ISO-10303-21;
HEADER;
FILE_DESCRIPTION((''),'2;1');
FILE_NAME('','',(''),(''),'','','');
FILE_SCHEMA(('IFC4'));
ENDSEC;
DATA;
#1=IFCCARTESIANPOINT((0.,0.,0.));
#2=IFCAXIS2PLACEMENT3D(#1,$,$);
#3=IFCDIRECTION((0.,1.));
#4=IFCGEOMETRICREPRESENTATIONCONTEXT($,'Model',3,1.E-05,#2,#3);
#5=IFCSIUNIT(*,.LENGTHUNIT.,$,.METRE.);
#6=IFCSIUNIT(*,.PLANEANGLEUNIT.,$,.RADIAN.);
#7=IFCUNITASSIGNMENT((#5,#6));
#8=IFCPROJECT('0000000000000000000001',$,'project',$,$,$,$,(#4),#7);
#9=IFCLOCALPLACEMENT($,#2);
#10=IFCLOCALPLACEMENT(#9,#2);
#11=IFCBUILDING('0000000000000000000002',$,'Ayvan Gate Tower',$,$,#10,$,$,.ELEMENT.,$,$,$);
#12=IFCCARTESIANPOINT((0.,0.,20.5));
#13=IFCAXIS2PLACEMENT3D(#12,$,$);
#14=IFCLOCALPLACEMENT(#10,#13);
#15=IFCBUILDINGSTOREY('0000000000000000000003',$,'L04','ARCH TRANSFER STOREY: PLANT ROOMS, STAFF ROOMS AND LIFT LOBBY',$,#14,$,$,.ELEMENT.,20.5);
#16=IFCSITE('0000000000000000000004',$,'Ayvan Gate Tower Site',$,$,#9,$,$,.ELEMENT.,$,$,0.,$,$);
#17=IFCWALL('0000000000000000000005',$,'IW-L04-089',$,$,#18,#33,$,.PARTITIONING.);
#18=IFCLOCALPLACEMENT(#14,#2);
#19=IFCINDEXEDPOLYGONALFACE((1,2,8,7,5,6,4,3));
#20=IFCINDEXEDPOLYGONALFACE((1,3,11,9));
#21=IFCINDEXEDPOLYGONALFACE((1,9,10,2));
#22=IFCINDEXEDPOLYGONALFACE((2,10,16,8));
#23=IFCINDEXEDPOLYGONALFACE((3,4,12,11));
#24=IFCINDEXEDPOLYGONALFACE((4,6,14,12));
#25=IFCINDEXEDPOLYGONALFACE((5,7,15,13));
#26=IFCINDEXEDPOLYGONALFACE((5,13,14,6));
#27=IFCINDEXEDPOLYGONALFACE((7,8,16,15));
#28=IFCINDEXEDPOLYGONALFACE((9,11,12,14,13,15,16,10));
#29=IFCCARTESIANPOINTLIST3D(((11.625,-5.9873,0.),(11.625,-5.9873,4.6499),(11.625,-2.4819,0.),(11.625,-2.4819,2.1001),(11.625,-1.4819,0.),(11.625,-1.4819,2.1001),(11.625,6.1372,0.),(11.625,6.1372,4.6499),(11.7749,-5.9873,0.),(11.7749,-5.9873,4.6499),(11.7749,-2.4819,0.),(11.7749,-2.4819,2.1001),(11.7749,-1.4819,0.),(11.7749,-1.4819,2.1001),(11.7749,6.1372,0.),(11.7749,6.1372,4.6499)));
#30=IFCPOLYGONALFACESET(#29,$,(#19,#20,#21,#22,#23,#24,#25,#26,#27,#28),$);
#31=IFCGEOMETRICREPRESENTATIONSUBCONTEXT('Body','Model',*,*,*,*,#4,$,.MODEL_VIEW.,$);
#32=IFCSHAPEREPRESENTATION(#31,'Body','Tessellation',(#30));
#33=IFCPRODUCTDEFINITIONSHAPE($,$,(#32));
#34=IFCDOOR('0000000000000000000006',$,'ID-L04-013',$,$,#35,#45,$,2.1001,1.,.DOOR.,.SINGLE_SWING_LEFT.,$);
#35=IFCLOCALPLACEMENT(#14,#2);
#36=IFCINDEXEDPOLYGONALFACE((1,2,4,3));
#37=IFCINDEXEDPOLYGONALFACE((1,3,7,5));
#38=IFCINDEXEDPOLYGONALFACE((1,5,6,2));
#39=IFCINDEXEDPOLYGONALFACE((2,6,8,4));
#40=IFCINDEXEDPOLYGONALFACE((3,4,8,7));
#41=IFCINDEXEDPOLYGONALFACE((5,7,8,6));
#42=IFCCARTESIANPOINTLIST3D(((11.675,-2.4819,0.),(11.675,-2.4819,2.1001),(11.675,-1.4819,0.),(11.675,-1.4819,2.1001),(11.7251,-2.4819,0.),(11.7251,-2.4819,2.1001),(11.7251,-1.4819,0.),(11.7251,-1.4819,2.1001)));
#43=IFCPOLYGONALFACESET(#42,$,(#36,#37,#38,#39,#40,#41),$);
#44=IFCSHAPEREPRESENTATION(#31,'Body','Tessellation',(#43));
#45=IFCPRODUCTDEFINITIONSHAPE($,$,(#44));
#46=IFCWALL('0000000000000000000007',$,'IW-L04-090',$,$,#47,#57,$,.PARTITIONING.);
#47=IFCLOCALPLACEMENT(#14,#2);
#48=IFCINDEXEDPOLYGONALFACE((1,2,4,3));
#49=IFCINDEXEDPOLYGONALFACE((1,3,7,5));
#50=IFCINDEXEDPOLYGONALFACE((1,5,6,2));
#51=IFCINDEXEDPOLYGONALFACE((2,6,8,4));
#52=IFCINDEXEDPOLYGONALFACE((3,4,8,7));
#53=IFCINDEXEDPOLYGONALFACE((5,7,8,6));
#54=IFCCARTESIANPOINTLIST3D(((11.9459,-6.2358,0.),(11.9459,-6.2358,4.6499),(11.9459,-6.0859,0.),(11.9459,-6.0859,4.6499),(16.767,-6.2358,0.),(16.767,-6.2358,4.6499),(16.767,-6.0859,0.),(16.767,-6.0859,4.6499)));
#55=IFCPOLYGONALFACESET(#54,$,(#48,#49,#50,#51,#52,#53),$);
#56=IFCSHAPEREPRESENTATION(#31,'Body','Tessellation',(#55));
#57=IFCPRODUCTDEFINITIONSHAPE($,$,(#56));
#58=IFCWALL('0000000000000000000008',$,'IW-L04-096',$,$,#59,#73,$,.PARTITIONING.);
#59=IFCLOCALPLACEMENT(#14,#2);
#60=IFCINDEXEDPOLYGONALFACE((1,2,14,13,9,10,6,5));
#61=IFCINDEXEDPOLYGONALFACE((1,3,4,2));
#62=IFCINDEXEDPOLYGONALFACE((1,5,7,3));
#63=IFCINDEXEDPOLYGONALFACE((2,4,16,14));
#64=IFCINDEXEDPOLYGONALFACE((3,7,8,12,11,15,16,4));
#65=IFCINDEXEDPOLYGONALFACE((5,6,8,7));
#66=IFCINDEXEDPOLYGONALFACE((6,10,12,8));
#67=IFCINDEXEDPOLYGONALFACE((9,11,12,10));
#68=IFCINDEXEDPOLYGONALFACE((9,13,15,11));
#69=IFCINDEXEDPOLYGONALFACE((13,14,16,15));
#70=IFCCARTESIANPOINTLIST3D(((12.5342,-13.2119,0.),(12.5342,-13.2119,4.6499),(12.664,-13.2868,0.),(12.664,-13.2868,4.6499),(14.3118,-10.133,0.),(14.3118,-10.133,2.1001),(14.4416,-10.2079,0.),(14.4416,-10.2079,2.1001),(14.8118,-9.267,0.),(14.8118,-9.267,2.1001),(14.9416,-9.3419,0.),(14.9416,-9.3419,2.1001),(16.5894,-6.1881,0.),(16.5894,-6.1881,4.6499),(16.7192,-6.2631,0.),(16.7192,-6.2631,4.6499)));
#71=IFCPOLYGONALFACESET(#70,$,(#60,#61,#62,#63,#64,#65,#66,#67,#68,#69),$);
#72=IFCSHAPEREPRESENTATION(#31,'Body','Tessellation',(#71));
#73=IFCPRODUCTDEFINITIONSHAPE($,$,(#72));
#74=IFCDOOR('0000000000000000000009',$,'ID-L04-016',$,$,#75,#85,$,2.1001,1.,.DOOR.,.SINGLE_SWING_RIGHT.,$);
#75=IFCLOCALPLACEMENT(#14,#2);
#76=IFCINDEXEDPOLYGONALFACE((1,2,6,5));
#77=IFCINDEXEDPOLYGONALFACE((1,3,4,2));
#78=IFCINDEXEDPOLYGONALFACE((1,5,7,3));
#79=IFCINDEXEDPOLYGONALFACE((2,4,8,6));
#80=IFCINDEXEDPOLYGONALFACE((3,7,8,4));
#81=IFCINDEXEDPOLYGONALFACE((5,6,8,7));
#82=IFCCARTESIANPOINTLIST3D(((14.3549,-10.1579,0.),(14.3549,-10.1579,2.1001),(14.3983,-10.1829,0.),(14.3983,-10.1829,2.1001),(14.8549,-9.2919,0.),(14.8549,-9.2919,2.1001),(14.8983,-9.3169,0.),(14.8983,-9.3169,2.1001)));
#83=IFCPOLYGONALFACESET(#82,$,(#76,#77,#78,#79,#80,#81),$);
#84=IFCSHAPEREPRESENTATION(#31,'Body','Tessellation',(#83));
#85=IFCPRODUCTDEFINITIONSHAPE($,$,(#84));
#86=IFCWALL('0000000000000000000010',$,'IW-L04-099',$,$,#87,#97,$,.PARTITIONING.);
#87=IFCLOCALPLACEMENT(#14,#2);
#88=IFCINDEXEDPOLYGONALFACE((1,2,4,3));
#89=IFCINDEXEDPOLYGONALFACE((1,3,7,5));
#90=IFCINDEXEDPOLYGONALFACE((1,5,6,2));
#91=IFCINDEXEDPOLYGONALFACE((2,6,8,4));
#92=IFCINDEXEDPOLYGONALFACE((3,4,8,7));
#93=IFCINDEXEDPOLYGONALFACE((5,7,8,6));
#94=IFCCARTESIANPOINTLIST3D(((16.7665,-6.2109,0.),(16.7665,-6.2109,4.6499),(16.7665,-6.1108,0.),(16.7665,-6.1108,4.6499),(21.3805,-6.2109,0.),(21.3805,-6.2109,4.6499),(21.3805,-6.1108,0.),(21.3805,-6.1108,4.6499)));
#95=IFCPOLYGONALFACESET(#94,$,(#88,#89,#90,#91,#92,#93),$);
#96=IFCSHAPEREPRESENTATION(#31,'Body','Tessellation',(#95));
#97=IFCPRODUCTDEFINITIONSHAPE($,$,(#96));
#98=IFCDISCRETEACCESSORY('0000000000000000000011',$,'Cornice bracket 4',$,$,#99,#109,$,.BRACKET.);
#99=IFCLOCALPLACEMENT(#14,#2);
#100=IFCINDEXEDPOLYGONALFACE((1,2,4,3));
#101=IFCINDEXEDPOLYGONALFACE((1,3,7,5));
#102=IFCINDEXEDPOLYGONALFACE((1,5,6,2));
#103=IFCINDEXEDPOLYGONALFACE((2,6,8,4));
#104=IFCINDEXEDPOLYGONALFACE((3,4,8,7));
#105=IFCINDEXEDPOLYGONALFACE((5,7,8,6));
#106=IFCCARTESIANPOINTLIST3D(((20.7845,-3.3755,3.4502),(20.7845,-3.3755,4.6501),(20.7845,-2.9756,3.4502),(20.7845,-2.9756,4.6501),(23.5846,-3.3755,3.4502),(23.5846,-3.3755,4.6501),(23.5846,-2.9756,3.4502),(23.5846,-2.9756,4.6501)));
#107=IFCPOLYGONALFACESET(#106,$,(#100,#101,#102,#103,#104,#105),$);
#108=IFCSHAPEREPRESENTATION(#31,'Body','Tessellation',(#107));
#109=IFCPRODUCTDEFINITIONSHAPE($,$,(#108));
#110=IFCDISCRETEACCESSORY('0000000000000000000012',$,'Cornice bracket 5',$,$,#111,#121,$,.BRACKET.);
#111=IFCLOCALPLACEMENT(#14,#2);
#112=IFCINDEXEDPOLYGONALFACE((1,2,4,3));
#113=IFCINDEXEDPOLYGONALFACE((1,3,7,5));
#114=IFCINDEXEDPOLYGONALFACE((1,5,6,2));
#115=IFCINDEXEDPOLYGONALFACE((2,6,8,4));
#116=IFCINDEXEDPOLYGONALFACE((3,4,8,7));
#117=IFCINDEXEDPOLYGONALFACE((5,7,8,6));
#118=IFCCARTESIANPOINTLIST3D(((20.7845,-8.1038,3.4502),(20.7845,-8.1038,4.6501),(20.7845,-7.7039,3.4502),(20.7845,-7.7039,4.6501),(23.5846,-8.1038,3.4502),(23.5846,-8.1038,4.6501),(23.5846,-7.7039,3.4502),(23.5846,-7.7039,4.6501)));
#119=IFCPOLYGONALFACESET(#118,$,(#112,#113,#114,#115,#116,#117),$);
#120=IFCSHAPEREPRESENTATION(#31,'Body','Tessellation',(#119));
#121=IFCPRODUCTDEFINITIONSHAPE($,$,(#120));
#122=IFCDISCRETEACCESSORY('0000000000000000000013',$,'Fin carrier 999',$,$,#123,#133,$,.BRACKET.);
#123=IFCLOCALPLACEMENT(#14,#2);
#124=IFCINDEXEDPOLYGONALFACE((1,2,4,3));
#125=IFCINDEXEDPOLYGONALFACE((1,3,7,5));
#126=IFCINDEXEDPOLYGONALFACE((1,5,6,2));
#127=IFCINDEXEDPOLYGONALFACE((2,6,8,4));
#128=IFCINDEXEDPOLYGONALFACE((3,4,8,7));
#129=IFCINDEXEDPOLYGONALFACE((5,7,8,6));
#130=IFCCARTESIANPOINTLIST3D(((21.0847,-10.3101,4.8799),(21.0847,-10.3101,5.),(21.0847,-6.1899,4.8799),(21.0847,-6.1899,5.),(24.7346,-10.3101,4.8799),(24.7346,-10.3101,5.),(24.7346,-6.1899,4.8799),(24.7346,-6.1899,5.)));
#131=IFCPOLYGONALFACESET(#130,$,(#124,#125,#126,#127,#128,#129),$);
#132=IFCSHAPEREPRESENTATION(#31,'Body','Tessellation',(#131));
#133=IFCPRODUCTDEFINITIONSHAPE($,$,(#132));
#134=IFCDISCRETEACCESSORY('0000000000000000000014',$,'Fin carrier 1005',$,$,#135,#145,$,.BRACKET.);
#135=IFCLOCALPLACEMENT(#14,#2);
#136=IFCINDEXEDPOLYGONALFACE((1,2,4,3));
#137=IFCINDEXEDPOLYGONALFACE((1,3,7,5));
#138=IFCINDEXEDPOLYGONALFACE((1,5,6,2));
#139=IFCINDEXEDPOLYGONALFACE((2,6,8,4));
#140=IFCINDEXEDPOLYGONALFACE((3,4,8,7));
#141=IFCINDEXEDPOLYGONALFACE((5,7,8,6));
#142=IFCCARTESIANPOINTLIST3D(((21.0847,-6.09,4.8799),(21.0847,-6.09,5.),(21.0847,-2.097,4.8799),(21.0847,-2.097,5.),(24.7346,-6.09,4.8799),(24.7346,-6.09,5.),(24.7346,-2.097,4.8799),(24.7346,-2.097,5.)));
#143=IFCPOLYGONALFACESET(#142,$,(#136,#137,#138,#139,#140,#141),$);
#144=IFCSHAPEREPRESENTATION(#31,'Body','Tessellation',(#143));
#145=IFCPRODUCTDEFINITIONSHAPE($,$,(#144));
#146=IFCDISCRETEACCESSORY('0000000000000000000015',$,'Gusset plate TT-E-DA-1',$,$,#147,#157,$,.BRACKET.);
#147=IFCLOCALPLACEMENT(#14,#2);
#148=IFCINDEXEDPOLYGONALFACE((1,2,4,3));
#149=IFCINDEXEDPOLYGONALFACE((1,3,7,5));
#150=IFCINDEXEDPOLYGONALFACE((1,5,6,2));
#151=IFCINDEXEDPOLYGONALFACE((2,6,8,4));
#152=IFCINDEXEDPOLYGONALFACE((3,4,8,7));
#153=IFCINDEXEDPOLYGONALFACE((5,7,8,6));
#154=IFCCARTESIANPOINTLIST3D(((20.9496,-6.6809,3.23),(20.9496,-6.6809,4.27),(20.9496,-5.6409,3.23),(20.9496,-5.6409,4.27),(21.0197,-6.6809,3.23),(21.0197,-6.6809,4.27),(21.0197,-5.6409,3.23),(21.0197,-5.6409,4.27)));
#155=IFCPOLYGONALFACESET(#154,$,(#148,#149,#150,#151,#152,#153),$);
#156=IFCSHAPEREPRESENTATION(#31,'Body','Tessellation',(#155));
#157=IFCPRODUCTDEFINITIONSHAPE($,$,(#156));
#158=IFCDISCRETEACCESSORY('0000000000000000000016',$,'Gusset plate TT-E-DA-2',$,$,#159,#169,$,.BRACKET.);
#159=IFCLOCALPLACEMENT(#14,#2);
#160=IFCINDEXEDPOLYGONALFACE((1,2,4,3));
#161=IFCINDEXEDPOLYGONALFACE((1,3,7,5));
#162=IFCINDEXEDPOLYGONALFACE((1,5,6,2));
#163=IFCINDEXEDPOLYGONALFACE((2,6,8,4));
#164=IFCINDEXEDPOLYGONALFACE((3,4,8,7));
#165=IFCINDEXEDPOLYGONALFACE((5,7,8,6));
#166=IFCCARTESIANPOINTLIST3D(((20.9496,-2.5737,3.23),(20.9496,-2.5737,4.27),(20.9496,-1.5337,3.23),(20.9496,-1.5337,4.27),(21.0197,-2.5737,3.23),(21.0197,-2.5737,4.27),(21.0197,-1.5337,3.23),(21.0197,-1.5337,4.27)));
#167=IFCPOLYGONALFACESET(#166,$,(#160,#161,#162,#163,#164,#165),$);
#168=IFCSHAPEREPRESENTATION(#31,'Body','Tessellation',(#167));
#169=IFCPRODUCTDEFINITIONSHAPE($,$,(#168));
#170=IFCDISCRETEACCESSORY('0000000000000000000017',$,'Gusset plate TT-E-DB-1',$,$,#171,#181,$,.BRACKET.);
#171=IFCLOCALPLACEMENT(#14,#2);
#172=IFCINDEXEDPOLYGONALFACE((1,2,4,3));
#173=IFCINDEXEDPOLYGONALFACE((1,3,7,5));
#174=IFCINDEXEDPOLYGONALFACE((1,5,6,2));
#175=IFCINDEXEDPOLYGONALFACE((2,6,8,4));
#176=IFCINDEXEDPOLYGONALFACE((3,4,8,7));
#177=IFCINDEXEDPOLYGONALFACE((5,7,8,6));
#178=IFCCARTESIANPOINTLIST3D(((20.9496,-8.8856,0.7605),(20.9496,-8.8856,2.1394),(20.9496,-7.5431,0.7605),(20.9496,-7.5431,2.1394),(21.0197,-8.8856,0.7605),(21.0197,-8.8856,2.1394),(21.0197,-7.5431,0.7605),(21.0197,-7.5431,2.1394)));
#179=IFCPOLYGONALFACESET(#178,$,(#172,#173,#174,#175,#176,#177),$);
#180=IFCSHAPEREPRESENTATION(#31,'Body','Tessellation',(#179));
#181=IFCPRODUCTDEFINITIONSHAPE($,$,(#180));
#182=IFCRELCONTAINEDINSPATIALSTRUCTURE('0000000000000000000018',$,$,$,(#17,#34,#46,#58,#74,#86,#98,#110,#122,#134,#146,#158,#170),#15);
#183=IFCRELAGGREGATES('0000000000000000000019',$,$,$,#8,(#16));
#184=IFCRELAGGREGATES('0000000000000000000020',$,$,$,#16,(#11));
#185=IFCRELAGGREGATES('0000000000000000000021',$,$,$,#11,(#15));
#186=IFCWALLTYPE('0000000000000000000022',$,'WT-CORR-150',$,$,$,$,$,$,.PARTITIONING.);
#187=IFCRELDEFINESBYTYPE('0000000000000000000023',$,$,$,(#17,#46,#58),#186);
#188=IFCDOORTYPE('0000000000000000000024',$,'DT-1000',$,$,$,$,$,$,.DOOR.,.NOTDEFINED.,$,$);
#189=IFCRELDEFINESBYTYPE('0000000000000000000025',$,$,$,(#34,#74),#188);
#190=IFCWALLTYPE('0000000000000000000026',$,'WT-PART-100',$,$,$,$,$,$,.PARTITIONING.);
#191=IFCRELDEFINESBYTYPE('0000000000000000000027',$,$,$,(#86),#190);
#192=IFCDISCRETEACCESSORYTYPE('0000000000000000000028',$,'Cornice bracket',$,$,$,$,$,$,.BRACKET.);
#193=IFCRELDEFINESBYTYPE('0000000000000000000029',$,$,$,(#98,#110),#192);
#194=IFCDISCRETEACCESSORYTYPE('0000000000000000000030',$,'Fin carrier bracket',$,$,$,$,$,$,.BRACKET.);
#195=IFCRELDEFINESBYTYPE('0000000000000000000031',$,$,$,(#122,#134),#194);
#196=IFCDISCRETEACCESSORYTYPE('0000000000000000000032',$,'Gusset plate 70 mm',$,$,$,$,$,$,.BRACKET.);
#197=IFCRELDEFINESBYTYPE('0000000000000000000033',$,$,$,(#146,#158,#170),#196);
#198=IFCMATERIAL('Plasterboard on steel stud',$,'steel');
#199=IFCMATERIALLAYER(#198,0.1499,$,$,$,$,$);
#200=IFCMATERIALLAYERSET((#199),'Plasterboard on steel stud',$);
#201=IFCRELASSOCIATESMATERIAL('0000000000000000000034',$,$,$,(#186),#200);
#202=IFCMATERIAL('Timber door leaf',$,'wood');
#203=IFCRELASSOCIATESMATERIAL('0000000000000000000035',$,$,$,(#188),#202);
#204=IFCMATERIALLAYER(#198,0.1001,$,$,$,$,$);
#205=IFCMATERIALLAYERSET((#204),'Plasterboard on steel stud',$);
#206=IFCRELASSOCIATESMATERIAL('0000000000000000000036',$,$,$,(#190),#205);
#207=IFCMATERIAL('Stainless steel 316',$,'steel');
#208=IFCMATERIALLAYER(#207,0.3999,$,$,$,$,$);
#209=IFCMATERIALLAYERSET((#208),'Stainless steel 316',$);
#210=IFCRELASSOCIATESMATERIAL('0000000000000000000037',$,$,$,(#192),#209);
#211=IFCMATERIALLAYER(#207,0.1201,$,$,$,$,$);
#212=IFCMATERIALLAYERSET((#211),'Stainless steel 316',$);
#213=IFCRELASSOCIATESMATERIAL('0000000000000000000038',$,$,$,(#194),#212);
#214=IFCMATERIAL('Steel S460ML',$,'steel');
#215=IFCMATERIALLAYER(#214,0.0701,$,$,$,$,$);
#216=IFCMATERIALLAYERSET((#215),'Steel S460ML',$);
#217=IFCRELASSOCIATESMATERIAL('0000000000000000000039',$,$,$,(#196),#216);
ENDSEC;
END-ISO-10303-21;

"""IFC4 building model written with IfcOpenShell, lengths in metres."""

from ifc_helpers import new_model, si_unit, direction, frame, frame_2d, origin, origin_2d, place, context, subcontext, project, spatial, rectangle, extrude, material, layer, layer_set, type_object, element, fill, save


model = new_model("IFC4")

# Units and contexts
model_context = context("Model", 3, precision=1e-05, world=origin(), true_north=direction((0.0, 1.0)))
body_context = subcontext(model_context, "Body", "Model", "MODEL_VIEW")
ifc_project = project(units=[si_unit("LENGTHUNIT", "METRE"), si_unit("PLANEANGLEUNIT", "RADIAN")], contexts=[model_context])

# Site, building, storey
site_placement = place(None, origin())
site = spatial("IfcSite", under=ifc_project, at=site_placement, Name="Ayvan Gate Tower Site", CompositionType="ELEMENT", RefElevation=0.0)
building_placement = place(site_placement, origin())
building = spatial("IfcBuilding", under=site, at=building_placement, Name="Ayvan Gate Tower", CompositionType="ELEMENT")
storey_placement = place(building_placement, frame((0.0, 0.0, 20.5)))
storey = spatial("IfcBuildingStorey", under=building, at=storey_placement, Name="L04", Description="ARCH TRANSFER STOREY: PLANT ROOMS, STAFF ROOMS AND LIFT LOBBY", CompositionType="ELEMENT", Elevation=20.5)

# Shared definitions
ifc_material_1 = material(Name="Steel S460ML", Category="steel")

# Wall, opening, door
ifc_material_2 = material(Name="Plasterboard on steel stud", Category="steel")
ifc_layer_1 = layer(ifc_material_2, 0.1499)
ifc_layer_set_1 = layer_set([ifc_layer_1], Name="Plasterboard on steel stud")
wall_type_1 = type_object("IfcWallType", Name="WT-CORR-150", PredefinedType="PARTITIONING", material=ifc_layer_set_1)
wall_1_placement = place(storey_placement, frame((11.7, -5.9873, 0.0), z_axis=(0.0, 0.0, 1.0), x_axis=(0.0, 1.0, 0.0)))
wall_1 = element("IfcWall", 1, at=wall_1_placement, inside=storey, type_object=wall_type_1, Name="IW-L04-089", PredefinedType="PARTITIONING", context=body_context, shape_type="SweptSolid", body=[
    extrude(rectangle(XDim=12.1245, YDim=0.1499, at=frame_2d((6.0623, 0.0))), origin(), (0.0, 0.0, 1.0), 4.6499),
])
opening_1_placement = place(wall_1_placement, frame((3.5054, 0.0, 0.0)))
opening_1 = element("IfcOpeningElement", 2, at=opening_1_placement, cuts=wall_1, PredefinedType="OPENING", context=body_context, shape_type="SweptSolid", body=[
    extrude(rectangle(XDim=1.0, YDim=2.1001, at=frame_2d((0.5, 1.05))), frame((0.0, 0.085, 0.0), z_axis=(0.0, -1.0, 0.0), x_axis=(1.0, 0.0, 0.0)), (0.0, 0.0, 1.0), 0.1699),
])
ifc_material_3 = material(Name="Timber door leaf", Category="wood")
door_type = type_object("IfcDoorType", Name="DT-1000", OperationType="NOTDEFINED", PredefinedType="DOOR", material=ifc_material_3)
door_1_placement = place(opening_1_placement, origin())
door_1 = element("IfcDoor", 3, at=door_1_placement, inside=storey, type_object=door_type, Name="ID-L04-013", OperationType="SINGLE_SWING_LEFT", OverallHeight=2.1001, OverallWidth=1.0, PredefinedType="DOOR", context=body_context, shape_type="SweptSolid", body=[
    extrude(rectangle(XDim=1.0, YDim=2.1001, at=frame_2d((0.5, 1.05))), frame((0.0, 0.0249, 0.0), z_axis=(0.0, -1.0, 0.0), x_axis=(1.0, 0.0, 0.0)), (0.0, 0.0, 1.0), 0.05),
])
fill(opening_1, door_1)

# Wall
wall_2_placement = place(storey_placement, frame((11.9458, -6.1609, 0.0), z_axis=(0.0, 0.0, 1.0), x_axis=(1.0, 0.0, 0.0)))
element("IfcWall", 4, at=wall_2_placement, inside=storey, type_object=wall_type_1, Name="IW-L04-090", PredefinedType="PARTITIONING", context=body_context, shape_type="SweptSolid", body=[
    extrude(rectangle(XDim=4.821, YDim=0.1499, at=frame_2d((2.4106, 0.0))), origin(), (0.0, 0.0, 1.0), 4.6499),
])

# Wall, opening, door
wall_3_placement = place(storey_placement, frame((16.6543, -6.2256, 0.0), z_axis=(0.0, 0.0, 1.0), x_axis=(-0.500005, -0.866023, 0.0)))
wall_3 = element("IfcWall", 5, at=wall_3_placement, inside=storey, type_object=wall_type_1, Name="IW-L04-096", PredefinedType="PARTITIONING", context=body_context, shape_type="SweptSolid", body=[
    extrude(rectangle(XDim=8.1104, YDim=0.1499, at=frame_2d((4.0552, 0.0))), origin(), (0.0, 0.0, 1.0), 4.6499),
])
opening_2_placement = place(wall_3_placement, frame((3.5552, 0.0, 0.0)))
opening_2 = element("IfcOpeningElement", 6, at=opening_2_placement, cuts=wall_3, PredefinedType="OPENING", context=body_context, shape_type="SweptSolid", body=[
    extrude(rectangle(XDim=1.0, YDim=2.1001, at=frame_2d((0.5, 1.05))), frame((0.0, 0.085, 0.0), z_axis=(0.0, -1.0, 0.0), x_axis=(1.0, 0.0, 0.0)), (0.0, 0.0, 1.0), 0.1699),
])
door_2_placement = place(opening_2_placement, origin())
door_2 = element("IfcDoor", 7, at=door_2_placement, inside=storey, type_object=door_type, Name="ID-L04-016", OperationType="SINGLE_SWING_RIGHT", OverallHeight=2.1001, OverallWidth=1.0, PredefinedType="DOOR", context=body_context, shape_type="SweptSolid", body=[
    extrude(rectangle(XDim=1.0, YDim=2.1001, at=frame_2d((0.5, 1.05))), frame((0.0, 0.0249, 0.0), z_axis=(0.0, -1.0, 0.0), x_axis=(1.0, 0.0, 0.0)), (0.0, 0.0, 1.0), 0.05),
])
fill(opening_2, door_2)

# Wall
ifc_layer_2 = layer(ifc_material_2, 0.1001)
ifc_layer_set_2 = layer_set([ifc_layer_2], Name="Plasterboard on steel stud")
wall_type_2 = type_object("IfcWallType", Name="WT-PART-100", PredefinedType="PARTITIONING", material=ifc_layer_set_2)
wall_4_placement = place(storey_placement, frame((21.3806, -6.1609, 0.0), z_axis=(0.0, 0.0, 1.0), x_axis=(-1.0, 0.0, 0.0)))
element("IfcWall", 8, at=wall_4_placement, inside=storey, type_object=wall_type_2, Name="IW-L04-099", PredefinedType="PARTITIONING", context=body_context, shape_type="SweptSolid", body=[
    extrude(rectangle(XDim=4.614, YDim=0.1001, at=frame_2d((2.3071, 0.0))), origin(), (0.0, 0.0, 1.0), 4.6499),
])

# Discrete accessories
ifc_material_4 = material(Name="Stainless steel 316", Category="steel")
ifc_layer_3 = layer(ifc_material_4, 0.3999)
ifc_layer_set_3 = layer_set([ifc_layer_3], Name="Stainless steel 316")
discrete_accessory_type_1 = type_object("IfcDiscreteAccessoryType", Name="Cornice bracket", PredefinedType="BRACKET", material=ifc_layer_set_3)
for number, where, z_axis, x_axis, name in (
    (9, (22.1846, -3.1755, 3.4502), (0.0, 0.0, 1.0), (1.0, 0.0, 0.0), "Cornice bracket 4"),
    (10, (22.1846, -7.9038, 3.4502), (0.0, 0.0, 1.0), (1.0, 0.0, 0.0), "Cornice bracket 5"),
):
    element("IfcDiscreteAccessory", number, at=place(storey_placement, frame(where, z_axis=z_axis, x_axis=x_axis)), inside=storey, type_object=discrete_accessory_type_1, Name=name, PredefinedType="BRACKET", context=body_context, shape_type="SweptSolid", body=[
        extrude(rectangle(XDim=2.8, YDim=0.3999, at=origin_2d()), origin(), (0.0, 0.0, 1.0), 1.2),
    ])
ifc_layer_4 = layer(ifc_material_4, 0.1201)
ifc_layer_set_4 = layer_set([ifc_layer_4], Name="Stainless steel 316")
discrete_accessory_type_2 = type_object("IfcDiscreteAccessoryType", Name="Fin carrier bracket", PredefinedType="BRACKET", material=ifc_layer_set_4)
discrete_accessory_1_placement = place(storey_placement, frame((22.9097, -8.25, 4.8799), z_axis=(0.0, 0.0, 1.0), x_axis=(0.0, 1.0, 0.0)))
element("IfcDiscreteAccessory", 11, at=discrete_accessory_1_placement, inside=storey, type_object=discrete_accessory_type_2, Name="Fin carrier 999", PredefinedType="BRACKET", context=body_context, shape_type="SweptSolid", body=[
    extrude(rectangle(XDim=4.1201, YDim=3.6499, at=origin_2d()), origin(), (0.0, 0.0, 1.0), 0.1201),
])
discrete_accessory_2_placement = place(storey_placement, frame((22.9097, -4.0935, 4.8799), z_axis=(0.0, 0.0, 1.0), x_axis=(0.0, 1.0, 0.0)))
element("IfcDiscreteAccessory", 12, at=discrete_accessory_2_placement, inside=storey, type_object=discrete_accessory_type_2, Name="Fin carrier 1005", PredefinedType="BRACKET", context=body_context, shape_type="SweptSolid", body=[
    extrude(rectangle(XDim=3.9929, YDim=3.6499, at=origin_2d()), origin(), (0.0, 0.0, 1.0), 0.1201),
])
ifc_layer_5 = layer(ifc_material_1, 0.0701)
ifc_layer_set_5 = layer_set([ifc_layer_5], Name="Steel S460ML")
discrete_accessory_type_3 = type_object("IfcDiscreteAccessoryType", Name="Gusset plate 70 mm", PredefinedType="BRACKET", material=ifc_layer_set_5)
for number, where, z_axis, x_axis, name in (
    (13, (20.9846, -6.1609, 3.23), (0.0, 0.0, 1.0), (0.0, 1.0, 0.0), "Gusset plate TT-E-DA-1"),
    (14, (20.9846, -2.0537, 3.23), (0.0, 0.0, 1.0), (0.0, 1.0, 0.0), "Gusset plate TT-E-DA-2"),
):
    element("IfcDiscreteAccessory", number, at=place(storey_placement, frame(where, z_axis=z_axis, x_axis=x_axis)), inside=storey, type_object=discrete_accessory_type_3, Name=name, PredefinedType="BRACKET", context=body_context, shape_type="SweptSolid", body=[
        extrude(rectangle(XDim=1.04, YDim=0.0701, at=origin_2d()), origin(), (0.0, 0.0, 1.0), 1.04),
    ])
for number, where, z_axis, x_axis, name in (
    (15, (20.9846, -8.2144, 0.7605), (0.0, 0.0, 1.0), (0.0, 1.0, 0.0), "Gusset plate TT-E-DB-1"),
):
    element("IfcDiscreteAccessory", number, at=place(storey_placement, frame(where, z_axis=z_axis, x_axis=x_axis)), inside=storey, type_object=discrete_accessory_type_3, Name=name, PredefinedType="BRACKET", context=body_context, shape_type="SweptSolid", body=[
        extrude(rectangle(XDim=1.3425, YDim=0.0701, at=origin_2d()), origin(), (0.0, 0.0, 1.0), 1.3789),
    ])

save(model, "model.ifc")
